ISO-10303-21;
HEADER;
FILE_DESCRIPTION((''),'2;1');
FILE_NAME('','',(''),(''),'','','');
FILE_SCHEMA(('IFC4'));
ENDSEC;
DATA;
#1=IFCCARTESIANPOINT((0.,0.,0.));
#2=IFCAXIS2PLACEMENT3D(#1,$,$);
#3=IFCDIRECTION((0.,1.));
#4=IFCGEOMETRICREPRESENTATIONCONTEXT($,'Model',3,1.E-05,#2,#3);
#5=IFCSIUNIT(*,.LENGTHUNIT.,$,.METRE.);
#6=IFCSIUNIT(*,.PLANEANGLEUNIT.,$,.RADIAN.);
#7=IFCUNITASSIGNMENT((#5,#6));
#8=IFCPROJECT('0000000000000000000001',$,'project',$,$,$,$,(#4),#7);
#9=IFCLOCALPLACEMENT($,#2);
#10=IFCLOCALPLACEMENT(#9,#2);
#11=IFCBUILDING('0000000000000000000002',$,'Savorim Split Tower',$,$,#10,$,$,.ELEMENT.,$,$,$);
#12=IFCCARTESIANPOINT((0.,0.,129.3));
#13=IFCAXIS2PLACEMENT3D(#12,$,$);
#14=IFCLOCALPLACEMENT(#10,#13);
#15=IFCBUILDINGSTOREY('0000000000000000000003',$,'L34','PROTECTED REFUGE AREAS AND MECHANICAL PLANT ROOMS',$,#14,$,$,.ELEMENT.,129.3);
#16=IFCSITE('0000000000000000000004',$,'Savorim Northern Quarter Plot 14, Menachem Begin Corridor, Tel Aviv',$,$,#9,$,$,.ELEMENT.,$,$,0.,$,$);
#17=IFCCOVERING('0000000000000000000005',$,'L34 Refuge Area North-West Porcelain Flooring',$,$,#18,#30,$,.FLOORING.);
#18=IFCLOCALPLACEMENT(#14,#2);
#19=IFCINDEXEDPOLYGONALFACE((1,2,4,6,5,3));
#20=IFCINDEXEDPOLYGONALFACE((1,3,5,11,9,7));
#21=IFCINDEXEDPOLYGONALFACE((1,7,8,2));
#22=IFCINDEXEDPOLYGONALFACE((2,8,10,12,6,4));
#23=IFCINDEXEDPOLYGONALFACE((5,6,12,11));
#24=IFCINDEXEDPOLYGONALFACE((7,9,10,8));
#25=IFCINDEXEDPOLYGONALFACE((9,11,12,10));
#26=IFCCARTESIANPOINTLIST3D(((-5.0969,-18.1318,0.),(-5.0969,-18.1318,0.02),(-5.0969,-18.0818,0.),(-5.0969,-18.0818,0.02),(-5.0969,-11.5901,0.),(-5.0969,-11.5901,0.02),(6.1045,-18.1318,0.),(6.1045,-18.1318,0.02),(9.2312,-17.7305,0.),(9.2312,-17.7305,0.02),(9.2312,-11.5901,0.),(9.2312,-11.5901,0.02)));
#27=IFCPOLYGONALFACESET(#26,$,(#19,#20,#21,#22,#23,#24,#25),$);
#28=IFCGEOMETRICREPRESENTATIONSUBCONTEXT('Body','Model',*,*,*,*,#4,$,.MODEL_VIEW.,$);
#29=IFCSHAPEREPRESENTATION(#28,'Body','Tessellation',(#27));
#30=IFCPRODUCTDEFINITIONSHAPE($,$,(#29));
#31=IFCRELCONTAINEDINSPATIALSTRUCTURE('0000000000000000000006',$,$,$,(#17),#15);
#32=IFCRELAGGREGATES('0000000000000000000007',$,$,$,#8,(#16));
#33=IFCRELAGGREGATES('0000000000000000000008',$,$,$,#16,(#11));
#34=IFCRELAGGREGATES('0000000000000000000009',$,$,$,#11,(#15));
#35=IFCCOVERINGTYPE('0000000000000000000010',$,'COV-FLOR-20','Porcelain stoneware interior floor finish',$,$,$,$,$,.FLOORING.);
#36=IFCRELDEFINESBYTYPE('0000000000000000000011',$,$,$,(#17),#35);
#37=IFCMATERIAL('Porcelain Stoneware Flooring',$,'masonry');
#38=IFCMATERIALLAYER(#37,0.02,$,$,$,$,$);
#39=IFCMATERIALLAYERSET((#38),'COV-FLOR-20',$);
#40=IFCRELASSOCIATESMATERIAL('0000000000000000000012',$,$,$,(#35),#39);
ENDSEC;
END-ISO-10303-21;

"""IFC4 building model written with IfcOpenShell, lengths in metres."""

from ifc_helpers import new_model, si_unit, direction, frame, origin, place, context, subcontext, project, spatial, polyline, outline, extrude, material, layer, layer_set, type_object, element, save


model = new_model("IFC4")

# Units and contexts
model_context = context("Model", 3, precision=1e-05, world=origin(), true_north=direction((0.0, 1.0)))
body_context = subcontext(model_context, "Body", "Model", "MODEL_VIEW")
ifc_project = project(units=[si_unit("LENGTHUNIT", "METRE"), si_unit("PLANEANGLEUNIT", "RADIAN")], contexts=[model_context])

# Site, building, storey
site_placement = place(None, origin())
site = spatial("IfcSite", under=ifc_project, at=site_placement, Name="Savorim Northern Quarter Plot 14, Menachem Begin Corridor, Tel Aviv", CompositionType="ELEMENT", RefElevation=0.0)
building_placement = place(site_placement, origin())
building = spatial("IfcBuilding", under=site, at=building_placement, Name="Savorim Split Tower", CompositionType="ELEMENT")
storey_placement = place(building_placement, frame((0.0, 0.0, 129.3)))
storey = spatial("IfcBuildingStorey", under=building, at=storey_placement, Name="L34", Description="PROTECTED REFUGE AREAS AND MECHANICAL PLANT ROOMS", CompositionType="ELEMENT", Elevation=129.3)

# Covering
ifc_material_1 = material(Name="Porcelain Stoneware Flooring", Category="masonry")
ifc_layer_1 = layer(ifc_material_1, 0.02)
ifc_layer_set_1 = layer_set([ifc_layer_1], Name="COV-FLOR-20")
covering_type_1 = type_object("IfcCoveringType", Name="COV-FLOR-20", Description="Porcelain stoneware interior floor finish", PredefinedType="FLOORING", material=ifc_layer_set_1)
covering_1_placement = place(storey_placement, origin())
element("IfcCovering", 1, at=covering_1_placement, inside=storey, type_object=covering_type_1, Name="L34 Refuge Area North-West Porcelain Flooring", PredefinedType="FLOORING", context=body_context, shape_type="SweptSolid", body=[
    extrude(outline(polyline([(-5.0969, -18.0818), (-5.0969, -18.1318), (6.1045, -18.1318), (9.2312, -17.7305), (9.2312, -11.5901), (-5.0969, -11.5901), (-5.0969, -18.0818)])), origin(), (0.0, 0.0, 1.0), 0.02),
])

save(model, "model.ifc")
